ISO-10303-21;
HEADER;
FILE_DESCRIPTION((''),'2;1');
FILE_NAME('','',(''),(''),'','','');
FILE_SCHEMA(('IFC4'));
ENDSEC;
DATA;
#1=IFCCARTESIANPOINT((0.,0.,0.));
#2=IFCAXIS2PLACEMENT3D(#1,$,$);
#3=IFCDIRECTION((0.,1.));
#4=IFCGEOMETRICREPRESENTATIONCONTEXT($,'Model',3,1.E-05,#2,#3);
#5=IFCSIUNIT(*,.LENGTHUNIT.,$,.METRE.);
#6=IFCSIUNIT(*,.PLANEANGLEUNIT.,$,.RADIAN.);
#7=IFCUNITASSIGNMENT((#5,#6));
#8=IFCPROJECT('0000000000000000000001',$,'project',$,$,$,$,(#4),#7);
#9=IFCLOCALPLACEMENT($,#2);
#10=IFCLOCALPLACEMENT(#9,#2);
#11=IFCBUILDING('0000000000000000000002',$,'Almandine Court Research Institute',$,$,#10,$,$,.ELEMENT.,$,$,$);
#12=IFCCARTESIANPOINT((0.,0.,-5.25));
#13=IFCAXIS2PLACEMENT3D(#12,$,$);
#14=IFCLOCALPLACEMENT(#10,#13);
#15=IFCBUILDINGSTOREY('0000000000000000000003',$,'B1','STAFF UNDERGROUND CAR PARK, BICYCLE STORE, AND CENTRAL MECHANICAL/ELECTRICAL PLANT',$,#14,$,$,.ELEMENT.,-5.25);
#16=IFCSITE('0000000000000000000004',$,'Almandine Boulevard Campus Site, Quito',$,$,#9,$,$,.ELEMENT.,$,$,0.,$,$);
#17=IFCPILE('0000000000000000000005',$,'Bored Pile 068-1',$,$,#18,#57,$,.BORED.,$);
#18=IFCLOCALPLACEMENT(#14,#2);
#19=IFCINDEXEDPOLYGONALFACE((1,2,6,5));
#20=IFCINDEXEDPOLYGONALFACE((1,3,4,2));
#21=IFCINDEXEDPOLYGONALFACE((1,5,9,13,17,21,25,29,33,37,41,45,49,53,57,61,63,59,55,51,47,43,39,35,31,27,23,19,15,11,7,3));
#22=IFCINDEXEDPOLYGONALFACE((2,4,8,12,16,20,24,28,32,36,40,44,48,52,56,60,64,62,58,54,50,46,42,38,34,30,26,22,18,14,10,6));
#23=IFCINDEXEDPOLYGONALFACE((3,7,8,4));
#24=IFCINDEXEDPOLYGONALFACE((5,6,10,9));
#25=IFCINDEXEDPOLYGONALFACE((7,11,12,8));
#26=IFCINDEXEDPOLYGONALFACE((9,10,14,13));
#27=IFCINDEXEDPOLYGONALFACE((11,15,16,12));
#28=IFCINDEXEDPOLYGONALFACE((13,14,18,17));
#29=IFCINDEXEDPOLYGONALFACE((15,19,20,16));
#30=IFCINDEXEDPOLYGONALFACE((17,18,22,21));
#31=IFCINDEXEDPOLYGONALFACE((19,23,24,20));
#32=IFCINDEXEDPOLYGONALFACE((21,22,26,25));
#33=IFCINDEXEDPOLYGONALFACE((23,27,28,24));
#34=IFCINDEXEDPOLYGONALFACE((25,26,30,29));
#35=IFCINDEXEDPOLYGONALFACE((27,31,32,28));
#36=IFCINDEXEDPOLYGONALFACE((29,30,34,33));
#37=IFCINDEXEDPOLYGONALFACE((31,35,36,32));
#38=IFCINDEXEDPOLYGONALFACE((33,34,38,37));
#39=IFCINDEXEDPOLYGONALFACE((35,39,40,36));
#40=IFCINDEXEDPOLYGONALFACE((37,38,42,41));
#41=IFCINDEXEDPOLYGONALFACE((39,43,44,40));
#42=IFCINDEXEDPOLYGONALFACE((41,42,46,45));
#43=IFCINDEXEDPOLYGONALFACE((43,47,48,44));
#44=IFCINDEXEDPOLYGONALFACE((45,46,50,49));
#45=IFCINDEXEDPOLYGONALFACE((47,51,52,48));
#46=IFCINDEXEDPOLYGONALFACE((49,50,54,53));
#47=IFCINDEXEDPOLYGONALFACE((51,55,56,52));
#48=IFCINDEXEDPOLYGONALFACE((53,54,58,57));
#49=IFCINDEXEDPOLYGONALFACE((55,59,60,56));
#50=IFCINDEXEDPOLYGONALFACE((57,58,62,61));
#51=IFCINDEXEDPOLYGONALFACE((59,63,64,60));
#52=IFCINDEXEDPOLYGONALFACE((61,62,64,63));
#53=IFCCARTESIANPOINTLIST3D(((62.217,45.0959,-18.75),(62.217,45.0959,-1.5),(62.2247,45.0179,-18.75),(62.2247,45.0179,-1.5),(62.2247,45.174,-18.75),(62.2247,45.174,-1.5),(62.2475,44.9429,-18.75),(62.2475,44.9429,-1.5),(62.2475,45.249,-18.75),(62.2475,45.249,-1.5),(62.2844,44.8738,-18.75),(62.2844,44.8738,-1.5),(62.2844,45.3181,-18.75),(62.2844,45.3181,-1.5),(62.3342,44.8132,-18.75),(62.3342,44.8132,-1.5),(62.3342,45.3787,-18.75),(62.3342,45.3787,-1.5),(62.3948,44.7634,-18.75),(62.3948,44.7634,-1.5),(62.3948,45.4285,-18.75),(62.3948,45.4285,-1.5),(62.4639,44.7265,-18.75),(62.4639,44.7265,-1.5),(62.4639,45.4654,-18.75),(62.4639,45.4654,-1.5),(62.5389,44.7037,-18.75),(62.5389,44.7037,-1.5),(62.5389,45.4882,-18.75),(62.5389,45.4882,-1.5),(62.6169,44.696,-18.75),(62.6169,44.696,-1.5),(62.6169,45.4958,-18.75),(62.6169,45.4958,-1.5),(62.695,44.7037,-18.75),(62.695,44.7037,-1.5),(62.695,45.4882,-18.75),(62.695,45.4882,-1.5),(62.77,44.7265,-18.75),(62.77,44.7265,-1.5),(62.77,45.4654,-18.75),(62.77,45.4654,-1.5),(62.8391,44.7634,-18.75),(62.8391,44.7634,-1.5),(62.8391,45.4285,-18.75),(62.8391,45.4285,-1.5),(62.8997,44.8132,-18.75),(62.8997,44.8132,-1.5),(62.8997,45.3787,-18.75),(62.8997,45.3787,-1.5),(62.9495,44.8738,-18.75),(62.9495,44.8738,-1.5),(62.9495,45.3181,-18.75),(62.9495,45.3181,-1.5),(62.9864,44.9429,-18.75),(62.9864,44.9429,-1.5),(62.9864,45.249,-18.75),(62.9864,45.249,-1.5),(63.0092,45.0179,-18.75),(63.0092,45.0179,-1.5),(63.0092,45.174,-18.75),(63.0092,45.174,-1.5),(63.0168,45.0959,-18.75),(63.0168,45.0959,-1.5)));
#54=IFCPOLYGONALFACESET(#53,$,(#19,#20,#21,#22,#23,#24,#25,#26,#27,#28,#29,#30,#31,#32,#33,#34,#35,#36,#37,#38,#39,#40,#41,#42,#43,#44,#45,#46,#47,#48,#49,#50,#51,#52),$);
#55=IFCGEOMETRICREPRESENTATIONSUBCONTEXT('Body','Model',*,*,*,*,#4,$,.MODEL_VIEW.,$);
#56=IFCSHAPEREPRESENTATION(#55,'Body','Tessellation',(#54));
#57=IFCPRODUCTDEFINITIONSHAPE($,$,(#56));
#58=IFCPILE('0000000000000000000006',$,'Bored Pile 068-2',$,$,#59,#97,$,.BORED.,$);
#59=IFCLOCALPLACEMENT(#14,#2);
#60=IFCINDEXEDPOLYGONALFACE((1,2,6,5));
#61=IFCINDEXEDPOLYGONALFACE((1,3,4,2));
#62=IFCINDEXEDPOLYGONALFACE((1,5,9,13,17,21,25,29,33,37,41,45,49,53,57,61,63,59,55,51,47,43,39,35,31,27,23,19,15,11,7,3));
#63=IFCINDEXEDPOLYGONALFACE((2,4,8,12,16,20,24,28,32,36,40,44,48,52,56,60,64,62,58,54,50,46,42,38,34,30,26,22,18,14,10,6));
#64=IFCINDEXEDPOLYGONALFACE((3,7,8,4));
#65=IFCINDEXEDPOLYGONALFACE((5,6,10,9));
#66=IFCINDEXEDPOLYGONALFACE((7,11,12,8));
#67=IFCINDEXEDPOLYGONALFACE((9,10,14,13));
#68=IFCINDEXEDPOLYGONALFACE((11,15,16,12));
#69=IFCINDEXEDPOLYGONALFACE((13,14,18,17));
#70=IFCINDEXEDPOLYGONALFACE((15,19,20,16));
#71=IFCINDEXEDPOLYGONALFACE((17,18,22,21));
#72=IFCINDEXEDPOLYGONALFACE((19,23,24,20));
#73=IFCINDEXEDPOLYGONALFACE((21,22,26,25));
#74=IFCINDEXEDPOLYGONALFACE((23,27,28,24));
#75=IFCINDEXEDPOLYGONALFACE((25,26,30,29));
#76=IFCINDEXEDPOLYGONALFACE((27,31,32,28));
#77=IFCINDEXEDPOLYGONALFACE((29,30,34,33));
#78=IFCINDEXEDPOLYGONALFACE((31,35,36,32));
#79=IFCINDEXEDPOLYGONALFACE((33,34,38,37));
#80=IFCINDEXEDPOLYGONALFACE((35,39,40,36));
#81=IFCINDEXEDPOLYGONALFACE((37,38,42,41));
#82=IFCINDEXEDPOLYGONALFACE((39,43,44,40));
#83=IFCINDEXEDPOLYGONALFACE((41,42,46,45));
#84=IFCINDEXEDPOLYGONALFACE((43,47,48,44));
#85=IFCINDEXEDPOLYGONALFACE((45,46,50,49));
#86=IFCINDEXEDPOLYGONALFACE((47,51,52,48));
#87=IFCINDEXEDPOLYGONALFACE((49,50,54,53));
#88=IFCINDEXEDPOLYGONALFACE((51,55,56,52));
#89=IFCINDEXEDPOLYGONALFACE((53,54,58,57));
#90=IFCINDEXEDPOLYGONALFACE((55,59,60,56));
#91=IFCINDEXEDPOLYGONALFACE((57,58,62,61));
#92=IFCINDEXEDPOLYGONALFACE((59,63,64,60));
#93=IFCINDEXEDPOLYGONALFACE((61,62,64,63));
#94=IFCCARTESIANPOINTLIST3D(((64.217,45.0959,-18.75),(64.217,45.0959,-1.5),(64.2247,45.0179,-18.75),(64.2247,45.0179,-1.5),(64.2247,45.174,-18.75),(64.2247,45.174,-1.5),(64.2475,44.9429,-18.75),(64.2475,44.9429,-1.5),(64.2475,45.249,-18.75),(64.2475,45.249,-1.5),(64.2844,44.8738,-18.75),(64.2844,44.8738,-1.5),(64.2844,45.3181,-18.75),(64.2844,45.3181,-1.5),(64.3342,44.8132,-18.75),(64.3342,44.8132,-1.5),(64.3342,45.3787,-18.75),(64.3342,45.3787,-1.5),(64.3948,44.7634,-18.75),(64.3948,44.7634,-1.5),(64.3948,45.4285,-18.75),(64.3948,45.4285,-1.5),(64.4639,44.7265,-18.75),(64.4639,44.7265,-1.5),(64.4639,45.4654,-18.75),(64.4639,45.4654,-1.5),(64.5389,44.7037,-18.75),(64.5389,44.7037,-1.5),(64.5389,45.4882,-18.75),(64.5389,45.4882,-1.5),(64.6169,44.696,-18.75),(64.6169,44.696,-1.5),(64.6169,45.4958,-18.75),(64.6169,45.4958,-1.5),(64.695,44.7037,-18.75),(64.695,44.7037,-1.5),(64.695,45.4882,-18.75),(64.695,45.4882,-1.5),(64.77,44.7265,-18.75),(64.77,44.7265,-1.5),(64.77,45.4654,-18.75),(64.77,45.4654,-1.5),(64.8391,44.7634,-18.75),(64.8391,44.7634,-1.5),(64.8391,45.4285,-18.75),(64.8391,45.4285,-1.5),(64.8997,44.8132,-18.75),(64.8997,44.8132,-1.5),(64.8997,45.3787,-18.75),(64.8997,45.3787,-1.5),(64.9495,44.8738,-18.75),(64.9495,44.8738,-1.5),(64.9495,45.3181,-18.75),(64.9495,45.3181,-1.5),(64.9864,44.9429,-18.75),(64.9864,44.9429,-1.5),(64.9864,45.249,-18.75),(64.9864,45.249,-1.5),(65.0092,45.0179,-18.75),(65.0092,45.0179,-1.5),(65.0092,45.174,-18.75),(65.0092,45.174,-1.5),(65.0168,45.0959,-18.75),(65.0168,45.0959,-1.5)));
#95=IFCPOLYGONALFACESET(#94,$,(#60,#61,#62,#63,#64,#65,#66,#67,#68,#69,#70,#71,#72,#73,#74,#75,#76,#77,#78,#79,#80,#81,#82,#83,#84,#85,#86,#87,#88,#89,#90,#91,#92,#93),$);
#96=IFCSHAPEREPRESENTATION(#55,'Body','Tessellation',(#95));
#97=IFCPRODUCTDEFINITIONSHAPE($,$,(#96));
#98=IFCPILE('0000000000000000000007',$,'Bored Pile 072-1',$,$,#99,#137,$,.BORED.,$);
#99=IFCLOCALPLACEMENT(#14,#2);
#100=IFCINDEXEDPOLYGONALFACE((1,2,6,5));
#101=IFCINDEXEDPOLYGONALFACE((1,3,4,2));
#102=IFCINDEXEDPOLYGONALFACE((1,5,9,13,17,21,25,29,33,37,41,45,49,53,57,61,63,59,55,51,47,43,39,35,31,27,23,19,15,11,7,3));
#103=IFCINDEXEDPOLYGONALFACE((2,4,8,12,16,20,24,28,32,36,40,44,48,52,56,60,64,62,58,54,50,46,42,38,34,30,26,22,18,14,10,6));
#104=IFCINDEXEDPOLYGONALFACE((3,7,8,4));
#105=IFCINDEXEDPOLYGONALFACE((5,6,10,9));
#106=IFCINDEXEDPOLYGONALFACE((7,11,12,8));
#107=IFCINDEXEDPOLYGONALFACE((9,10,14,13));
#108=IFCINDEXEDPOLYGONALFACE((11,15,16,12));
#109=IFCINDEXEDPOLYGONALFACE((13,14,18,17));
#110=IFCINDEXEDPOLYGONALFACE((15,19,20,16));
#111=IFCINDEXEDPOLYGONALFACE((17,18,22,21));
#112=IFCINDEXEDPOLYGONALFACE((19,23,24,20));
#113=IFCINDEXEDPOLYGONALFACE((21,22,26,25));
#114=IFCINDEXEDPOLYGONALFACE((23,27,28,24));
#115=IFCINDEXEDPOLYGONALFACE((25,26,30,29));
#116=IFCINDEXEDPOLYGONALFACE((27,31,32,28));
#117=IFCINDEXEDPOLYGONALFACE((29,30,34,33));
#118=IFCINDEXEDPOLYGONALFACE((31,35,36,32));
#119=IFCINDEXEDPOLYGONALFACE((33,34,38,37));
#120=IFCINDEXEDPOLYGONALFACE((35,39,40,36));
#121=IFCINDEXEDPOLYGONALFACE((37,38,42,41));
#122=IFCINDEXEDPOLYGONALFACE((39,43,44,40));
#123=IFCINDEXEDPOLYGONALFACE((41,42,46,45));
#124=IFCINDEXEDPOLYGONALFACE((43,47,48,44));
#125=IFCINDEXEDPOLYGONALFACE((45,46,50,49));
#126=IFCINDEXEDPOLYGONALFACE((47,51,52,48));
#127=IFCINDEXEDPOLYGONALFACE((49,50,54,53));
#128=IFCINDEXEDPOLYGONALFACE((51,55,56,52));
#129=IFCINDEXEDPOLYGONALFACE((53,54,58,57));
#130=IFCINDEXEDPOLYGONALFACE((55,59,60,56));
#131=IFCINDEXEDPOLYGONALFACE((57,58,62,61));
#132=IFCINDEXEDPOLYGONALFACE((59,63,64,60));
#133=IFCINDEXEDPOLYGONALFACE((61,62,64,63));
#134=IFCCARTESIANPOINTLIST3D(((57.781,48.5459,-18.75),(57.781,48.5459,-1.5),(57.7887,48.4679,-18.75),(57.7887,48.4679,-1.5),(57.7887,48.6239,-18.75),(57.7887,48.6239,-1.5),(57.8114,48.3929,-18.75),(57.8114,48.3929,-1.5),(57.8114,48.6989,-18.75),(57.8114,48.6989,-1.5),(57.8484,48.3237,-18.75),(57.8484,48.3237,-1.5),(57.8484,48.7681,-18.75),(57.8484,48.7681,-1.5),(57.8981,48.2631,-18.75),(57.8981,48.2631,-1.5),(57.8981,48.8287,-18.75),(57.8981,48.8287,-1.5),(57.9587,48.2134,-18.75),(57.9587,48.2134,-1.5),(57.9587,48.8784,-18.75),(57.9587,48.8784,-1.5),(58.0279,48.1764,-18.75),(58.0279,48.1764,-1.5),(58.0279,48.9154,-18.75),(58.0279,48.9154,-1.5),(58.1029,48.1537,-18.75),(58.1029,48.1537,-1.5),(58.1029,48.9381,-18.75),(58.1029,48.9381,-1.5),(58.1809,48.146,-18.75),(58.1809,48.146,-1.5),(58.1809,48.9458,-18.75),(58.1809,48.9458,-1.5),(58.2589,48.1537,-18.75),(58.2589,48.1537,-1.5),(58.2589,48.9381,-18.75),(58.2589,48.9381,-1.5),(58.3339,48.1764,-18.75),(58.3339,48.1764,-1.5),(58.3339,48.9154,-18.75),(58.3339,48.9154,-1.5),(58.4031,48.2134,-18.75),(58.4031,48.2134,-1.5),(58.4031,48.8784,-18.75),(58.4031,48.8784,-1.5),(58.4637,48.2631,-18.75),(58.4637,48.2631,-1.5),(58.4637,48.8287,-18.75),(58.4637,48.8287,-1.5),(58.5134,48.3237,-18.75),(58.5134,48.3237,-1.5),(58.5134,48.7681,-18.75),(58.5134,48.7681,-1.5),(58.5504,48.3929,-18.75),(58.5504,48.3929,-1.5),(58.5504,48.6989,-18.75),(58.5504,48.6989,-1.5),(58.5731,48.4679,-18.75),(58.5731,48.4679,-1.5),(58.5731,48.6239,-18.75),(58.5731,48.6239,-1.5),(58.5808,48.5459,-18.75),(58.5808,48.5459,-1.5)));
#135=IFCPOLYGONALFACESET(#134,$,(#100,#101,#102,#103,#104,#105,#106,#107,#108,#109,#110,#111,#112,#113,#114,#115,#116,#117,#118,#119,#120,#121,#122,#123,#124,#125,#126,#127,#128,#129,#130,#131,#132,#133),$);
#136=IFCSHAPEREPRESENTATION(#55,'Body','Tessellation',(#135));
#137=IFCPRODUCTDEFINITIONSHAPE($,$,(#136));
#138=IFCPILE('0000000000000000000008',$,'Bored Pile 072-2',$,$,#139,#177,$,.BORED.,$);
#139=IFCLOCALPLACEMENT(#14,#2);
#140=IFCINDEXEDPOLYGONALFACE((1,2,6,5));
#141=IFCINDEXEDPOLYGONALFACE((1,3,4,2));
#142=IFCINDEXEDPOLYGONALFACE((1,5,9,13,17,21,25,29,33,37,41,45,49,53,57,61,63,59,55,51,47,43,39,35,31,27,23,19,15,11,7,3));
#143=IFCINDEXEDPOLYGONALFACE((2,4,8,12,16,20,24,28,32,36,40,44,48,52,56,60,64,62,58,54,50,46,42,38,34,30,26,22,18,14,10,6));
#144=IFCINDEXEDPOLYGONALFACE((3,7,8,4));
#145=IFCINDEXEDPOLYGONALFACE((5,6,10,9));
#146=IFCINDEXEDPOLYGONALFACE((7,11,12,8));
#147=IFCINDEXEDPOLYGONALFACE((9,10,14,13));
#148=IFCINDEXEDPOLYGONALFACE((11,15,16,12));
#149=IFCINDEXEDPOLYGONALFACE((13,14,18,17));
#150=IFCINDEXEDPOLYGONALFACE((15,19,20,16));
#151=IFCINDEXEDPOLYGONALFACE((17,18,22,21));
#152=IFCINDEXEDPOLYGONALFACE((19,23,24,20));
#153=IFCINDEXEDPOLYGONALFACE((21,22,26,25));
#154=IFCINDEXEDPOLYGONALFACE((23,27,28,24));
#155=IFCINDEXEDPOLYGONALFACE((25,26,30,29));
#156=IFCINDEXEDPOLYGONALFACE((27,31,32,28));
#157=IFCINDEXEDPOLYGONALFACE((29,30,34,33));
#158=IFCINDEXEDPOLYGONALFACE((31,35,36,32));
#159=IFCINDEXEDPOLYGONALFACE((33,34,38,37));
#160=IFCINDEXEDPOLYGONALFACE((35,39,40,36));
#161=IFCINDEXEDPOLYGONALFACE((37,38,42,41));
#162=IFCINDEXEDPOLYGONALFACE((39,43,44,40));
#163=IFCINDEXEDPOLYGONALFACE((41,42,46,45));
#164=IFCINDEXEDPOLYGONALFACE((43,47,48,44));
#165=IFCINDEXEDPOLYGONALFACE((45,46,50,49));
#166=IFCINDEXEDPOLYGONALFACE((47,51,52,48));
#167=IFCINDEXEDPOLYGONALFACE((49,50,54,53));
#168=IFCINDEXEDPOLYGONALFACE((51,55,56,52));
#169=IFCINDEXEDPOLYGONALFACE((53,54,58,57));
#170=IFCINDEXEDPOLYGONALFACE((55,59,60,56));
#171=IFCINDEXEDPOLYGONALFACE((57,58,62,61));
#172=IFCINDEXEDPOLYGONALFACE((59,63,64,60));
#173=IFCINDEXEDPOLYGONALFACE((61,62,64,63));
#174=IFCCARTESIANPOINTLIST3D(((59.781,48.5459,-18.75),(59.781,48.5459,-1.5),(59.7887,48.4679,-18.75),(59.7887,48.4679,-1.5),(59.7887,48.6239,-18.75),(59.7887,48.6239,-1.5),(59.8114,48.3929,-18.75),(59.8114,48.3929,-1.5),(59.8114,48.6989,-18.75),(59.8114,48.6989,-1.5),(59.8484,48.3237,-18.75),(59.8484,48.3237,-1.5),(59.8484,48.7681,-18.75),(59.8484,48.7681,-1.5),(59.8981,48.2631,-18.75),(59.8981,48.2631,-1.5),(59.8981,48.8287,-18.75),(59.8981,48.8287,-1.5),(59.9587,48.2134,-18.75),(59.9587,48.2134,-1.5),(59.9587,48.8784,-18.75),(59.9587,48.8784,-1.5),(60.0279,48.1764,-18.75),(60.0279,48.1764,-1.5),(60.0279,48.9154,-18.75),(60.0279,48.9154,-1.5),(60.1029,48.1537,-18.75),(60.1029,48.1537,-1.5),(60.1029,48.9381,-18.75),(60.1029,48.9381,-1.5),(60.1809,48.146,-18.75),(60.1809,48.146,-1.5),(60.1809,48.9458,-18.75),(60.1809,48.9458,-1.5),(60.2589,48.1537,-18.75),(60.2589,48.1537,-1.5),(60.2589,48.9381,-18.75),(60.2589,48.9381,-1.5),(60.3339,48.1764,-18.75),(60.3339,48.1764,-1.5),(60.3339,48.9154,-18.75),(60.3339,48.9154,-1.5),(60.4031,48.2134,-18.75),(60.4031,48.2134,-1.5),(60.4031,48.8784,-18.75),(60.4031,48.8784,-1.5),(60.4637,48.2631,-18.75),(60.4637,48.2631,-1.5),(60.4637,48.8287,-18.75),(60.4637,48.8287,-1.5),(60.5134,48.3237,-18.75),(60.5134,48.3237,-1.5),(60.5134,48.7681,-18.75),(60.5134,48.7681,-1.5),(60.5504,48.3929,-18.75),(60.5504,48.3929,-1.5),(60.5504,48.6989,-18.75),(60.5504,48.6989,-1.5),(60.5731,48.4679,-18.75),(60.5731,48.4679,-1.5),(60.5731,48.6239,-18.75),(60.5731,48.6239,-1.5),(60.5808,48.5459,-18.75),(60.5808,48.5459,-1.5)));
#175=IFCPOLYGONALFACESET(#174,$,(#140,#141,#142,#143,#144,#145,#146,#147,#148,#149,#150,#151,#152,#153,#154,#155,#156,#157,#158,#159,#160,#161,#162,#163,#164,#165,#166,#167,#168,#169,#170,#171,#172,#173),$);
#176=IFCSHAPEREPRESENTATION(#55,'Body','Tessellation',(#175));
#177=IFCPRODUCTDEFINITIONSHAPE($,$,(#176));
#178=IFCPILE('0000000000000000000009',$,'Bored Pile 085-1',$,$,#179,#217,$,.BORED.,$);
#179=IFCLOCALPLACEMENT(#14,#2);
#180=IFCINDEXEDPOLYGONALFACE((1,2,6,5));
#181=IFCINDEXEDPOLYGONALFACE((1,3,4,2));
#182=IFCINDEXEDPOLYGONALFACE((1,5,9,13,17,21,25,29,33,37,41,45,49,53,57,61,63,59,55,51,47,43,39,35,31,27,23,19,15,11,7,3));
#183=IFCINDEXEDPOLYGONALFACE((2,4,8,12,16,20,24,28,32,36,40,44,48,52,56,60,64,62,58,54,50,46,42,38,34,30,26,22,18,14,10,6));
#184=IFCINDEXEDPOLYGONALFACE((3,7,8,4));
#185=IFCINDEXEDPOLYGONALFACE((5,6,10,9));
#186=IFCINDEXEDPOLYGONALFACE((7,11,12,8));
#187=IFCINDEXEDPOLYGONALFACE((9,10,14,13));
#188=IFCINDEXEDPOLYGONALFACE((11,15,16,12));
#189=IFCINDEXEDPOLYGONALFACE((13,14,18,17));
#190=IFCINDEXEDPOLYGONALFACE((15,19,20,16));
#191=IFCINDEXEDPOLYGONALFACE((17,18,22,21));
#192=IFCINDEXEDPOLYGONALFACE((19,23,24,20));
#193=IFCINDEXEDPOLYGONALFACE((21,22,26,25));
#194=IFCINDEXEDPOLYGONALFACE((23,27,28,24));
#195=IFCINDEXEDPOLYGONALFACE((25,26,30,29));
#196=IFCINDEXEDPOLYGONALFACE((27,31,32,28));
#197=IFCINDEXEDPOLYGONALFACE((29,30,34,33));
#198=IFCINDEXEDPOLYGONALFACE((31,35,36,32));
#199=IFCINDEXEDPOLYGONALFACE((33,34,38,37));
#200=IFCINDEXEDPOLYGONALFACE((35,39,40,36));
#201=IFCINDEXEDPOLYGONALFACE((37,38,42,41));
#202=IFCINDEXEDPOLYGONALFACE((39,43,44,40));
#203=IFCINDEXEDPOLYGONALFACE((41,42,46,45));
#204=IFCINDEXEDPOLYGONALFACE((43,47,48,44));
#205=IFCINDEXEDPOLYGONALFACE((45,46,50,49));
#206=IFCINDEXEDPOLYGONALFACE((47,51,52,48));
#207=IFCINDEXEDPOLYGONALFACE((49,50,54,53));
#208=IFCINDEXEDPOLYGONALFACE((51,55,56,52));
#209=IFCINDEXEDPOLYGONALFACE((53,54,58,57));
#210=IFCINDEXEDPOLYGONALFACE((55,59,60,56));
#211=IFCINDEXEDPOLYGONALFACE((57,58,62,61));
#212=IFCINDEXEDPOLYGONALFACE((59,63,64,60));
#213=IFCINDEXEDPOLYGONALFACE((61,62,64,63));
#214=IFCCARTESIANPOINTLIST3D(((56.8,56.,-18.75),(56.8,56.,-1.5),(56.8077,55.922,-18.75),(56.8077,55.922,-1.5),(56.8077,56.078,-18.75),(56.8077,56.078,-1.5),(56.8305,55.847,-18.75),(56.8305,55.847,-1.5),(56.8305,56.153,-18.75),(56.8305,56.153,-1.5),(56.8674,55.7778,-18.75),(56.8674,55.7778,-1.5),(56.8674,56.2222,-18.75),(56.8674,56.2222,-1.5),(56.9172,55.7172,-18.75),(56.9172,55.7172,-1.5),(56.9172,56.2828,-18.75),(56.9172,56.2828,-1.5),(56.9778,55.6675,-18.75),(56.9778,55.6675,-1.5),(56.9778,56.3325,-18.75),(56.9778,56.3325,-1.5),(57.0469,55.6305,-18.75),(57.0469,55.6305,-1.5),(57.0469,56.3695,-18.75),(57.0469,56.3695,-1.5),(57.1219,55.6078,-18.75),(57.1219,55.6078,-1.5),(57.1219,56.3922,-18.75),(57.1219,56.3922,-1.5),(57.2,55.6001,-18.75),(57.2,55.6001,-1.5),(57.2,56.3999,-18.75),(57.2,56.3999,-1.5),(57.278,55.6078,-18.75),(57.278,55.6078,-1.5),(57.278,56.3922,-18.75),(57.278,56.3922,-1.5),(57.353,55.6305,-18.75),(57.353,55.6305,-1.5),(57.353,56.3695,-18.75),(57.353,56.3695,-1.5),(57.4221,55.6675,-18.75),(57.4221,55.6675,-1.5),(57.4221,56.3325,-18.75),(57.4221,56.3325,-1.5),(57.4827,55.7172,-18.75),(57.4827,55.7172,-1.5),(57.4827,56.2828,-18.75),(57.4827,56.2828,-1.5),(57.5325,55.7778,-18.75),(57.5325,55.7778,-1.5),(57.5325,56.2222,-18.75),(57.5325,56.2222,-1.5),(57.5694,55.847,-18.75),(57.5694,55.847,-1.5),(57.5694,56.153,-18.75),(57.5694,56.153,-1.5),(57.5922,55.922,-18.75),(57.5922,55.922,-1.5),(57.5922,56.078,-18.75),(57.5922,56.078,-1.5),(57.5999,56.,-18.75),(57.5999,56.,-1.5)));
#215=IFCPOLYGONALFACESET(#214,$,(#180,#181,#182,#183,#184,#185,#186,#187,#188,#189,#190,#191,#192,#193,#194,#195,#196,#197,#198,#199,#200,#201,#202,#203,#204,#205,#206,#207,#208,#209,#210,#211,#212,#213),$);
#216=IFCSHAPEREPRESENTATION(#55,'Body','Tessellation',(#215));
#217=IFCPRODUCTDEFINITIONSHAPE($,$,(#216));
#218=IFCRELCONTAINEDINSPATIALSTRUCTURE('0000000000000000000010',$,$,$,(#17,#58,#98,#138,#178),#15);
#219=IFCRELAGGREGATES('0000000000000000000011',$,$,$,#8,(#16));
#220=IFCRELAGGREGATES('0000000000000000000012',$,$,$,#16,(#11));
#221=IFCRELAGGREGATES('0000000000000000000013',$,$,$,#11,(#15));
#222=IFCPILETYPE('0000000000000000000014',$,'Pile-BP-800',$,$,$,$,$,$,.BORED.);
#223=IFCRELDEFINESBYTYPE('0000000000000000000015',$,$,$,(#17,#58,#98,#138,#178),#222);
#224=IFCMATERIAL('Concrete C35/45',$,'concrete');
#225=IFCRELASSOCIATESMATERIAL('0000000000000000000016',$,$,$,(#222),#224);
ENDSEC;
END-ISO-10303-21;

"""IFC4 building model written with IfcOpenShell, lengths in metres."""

from ifc_helpers import new_model, si_unit, direction, frame, origin, origin_2d, place, context, subcontext, project, spatial, circle, extrude, material, material_profile, profile_set, type_object, element, save


model = new_model("IFC4")

# Units and contexts
model_context = context("Model", 3, precision=1e-05, world=origin(), true_north=direction((0.0, 1.0)))
body_context = subcontext(model_context, "Body", "Model", "MODEL_VIEW")
ifc_project = project(units=[si_unit("LENGTHUNIT", "METRE"), si_unit("PLANEANGLEUNIT", "RADIAN")], contexts=[model_context])

# Site, building, storey
site_placement = place(None, origin())
site = spatial("IfcSite", under=ifc_project, at=site_placement, Name="Almandine Boulevard Campus Site, Quito", CompositionType="ELEMENT", RefElevation=0.0)
building_placement = place(site_placement, origin())
building = spatial("IfcBuilding", under=site, at=building_placement, Name="Almandine Court Research Institute", CompositionType="ELEMENT")
storey_placement = place(building_placement, frame((0.0, 0.0, -5.25)))
storey = spatial("IfcBuildingStorey", under=building, at=storey_placement, Name="B1", Description="STAFF UNDERGROUND CAR PARK, BICYCLE STORE, AND CENTRAL MECHANICAL/ELECTRICAL PLANT", CompositionType="ELEMENT", Elevation=-5.25)

# Shared definitions
ifc_material_1 = material(Name="Concrete C35/45", Category="concrete")

# Piles
ifc_material_profile_1 = material_profile(ifc_material_1, circle(Radius=0.3999, at=origin_2d()), Name="BORED PILE D800")
ifc_profile_set_1 = profile_set([ifc_material_profile_1], Name="Concrete C35/45")
pile_type = type_object("IfcPileType", Name="Pile-BP-800", PredefinedType="BORED", material=ifc_profile_set_1)
for number, where, z_axis, x_axis, name in (
    (1, (62.6169, 45.0959, -1.5), (0.0, 0.0, -1.0), (1.0, 0.0, 0.0), "Bored Pile 068-1"),
    (2, (64.6169, 45.0959, -1.5), (0.0, 0.0, -1.0), (1.0, 0.0, 0.0), "Bored Pile 068-2"),
    (3, (58.1809, 48.5459, -1.5), (0.0, 0.0, -1.0), (1.0, 0.0, 0.0), "Bored Pile 072-1"),
    (4, (60.1809, 48.5459, -1.5), (0.0, 0.0, -1.0), (1.0, 0.0, 0.0), "Bored Pile 072-2"),
    (5, (57.2, 56.0, -1.5), (0.0, 0.0, -1.0), (1.0, 0.0, 0.0), "Bored Pile 085-1"),
):
    element("IfcPile", number, at=place(storey_placement, frame(where, z_axis=z_axis, x_axis=x_axis)), inside=storey, type_object=pile_type, Name=name, PredefinedType="BORED", context=body_context, shape_type="SweptSolid", body=[
        extrude(circle(Radius=0.3999, at=origin_2d()), origin(), (0.0, 0.0, 1.0), 17.25),
    ])

save(model, "model.ifc")
